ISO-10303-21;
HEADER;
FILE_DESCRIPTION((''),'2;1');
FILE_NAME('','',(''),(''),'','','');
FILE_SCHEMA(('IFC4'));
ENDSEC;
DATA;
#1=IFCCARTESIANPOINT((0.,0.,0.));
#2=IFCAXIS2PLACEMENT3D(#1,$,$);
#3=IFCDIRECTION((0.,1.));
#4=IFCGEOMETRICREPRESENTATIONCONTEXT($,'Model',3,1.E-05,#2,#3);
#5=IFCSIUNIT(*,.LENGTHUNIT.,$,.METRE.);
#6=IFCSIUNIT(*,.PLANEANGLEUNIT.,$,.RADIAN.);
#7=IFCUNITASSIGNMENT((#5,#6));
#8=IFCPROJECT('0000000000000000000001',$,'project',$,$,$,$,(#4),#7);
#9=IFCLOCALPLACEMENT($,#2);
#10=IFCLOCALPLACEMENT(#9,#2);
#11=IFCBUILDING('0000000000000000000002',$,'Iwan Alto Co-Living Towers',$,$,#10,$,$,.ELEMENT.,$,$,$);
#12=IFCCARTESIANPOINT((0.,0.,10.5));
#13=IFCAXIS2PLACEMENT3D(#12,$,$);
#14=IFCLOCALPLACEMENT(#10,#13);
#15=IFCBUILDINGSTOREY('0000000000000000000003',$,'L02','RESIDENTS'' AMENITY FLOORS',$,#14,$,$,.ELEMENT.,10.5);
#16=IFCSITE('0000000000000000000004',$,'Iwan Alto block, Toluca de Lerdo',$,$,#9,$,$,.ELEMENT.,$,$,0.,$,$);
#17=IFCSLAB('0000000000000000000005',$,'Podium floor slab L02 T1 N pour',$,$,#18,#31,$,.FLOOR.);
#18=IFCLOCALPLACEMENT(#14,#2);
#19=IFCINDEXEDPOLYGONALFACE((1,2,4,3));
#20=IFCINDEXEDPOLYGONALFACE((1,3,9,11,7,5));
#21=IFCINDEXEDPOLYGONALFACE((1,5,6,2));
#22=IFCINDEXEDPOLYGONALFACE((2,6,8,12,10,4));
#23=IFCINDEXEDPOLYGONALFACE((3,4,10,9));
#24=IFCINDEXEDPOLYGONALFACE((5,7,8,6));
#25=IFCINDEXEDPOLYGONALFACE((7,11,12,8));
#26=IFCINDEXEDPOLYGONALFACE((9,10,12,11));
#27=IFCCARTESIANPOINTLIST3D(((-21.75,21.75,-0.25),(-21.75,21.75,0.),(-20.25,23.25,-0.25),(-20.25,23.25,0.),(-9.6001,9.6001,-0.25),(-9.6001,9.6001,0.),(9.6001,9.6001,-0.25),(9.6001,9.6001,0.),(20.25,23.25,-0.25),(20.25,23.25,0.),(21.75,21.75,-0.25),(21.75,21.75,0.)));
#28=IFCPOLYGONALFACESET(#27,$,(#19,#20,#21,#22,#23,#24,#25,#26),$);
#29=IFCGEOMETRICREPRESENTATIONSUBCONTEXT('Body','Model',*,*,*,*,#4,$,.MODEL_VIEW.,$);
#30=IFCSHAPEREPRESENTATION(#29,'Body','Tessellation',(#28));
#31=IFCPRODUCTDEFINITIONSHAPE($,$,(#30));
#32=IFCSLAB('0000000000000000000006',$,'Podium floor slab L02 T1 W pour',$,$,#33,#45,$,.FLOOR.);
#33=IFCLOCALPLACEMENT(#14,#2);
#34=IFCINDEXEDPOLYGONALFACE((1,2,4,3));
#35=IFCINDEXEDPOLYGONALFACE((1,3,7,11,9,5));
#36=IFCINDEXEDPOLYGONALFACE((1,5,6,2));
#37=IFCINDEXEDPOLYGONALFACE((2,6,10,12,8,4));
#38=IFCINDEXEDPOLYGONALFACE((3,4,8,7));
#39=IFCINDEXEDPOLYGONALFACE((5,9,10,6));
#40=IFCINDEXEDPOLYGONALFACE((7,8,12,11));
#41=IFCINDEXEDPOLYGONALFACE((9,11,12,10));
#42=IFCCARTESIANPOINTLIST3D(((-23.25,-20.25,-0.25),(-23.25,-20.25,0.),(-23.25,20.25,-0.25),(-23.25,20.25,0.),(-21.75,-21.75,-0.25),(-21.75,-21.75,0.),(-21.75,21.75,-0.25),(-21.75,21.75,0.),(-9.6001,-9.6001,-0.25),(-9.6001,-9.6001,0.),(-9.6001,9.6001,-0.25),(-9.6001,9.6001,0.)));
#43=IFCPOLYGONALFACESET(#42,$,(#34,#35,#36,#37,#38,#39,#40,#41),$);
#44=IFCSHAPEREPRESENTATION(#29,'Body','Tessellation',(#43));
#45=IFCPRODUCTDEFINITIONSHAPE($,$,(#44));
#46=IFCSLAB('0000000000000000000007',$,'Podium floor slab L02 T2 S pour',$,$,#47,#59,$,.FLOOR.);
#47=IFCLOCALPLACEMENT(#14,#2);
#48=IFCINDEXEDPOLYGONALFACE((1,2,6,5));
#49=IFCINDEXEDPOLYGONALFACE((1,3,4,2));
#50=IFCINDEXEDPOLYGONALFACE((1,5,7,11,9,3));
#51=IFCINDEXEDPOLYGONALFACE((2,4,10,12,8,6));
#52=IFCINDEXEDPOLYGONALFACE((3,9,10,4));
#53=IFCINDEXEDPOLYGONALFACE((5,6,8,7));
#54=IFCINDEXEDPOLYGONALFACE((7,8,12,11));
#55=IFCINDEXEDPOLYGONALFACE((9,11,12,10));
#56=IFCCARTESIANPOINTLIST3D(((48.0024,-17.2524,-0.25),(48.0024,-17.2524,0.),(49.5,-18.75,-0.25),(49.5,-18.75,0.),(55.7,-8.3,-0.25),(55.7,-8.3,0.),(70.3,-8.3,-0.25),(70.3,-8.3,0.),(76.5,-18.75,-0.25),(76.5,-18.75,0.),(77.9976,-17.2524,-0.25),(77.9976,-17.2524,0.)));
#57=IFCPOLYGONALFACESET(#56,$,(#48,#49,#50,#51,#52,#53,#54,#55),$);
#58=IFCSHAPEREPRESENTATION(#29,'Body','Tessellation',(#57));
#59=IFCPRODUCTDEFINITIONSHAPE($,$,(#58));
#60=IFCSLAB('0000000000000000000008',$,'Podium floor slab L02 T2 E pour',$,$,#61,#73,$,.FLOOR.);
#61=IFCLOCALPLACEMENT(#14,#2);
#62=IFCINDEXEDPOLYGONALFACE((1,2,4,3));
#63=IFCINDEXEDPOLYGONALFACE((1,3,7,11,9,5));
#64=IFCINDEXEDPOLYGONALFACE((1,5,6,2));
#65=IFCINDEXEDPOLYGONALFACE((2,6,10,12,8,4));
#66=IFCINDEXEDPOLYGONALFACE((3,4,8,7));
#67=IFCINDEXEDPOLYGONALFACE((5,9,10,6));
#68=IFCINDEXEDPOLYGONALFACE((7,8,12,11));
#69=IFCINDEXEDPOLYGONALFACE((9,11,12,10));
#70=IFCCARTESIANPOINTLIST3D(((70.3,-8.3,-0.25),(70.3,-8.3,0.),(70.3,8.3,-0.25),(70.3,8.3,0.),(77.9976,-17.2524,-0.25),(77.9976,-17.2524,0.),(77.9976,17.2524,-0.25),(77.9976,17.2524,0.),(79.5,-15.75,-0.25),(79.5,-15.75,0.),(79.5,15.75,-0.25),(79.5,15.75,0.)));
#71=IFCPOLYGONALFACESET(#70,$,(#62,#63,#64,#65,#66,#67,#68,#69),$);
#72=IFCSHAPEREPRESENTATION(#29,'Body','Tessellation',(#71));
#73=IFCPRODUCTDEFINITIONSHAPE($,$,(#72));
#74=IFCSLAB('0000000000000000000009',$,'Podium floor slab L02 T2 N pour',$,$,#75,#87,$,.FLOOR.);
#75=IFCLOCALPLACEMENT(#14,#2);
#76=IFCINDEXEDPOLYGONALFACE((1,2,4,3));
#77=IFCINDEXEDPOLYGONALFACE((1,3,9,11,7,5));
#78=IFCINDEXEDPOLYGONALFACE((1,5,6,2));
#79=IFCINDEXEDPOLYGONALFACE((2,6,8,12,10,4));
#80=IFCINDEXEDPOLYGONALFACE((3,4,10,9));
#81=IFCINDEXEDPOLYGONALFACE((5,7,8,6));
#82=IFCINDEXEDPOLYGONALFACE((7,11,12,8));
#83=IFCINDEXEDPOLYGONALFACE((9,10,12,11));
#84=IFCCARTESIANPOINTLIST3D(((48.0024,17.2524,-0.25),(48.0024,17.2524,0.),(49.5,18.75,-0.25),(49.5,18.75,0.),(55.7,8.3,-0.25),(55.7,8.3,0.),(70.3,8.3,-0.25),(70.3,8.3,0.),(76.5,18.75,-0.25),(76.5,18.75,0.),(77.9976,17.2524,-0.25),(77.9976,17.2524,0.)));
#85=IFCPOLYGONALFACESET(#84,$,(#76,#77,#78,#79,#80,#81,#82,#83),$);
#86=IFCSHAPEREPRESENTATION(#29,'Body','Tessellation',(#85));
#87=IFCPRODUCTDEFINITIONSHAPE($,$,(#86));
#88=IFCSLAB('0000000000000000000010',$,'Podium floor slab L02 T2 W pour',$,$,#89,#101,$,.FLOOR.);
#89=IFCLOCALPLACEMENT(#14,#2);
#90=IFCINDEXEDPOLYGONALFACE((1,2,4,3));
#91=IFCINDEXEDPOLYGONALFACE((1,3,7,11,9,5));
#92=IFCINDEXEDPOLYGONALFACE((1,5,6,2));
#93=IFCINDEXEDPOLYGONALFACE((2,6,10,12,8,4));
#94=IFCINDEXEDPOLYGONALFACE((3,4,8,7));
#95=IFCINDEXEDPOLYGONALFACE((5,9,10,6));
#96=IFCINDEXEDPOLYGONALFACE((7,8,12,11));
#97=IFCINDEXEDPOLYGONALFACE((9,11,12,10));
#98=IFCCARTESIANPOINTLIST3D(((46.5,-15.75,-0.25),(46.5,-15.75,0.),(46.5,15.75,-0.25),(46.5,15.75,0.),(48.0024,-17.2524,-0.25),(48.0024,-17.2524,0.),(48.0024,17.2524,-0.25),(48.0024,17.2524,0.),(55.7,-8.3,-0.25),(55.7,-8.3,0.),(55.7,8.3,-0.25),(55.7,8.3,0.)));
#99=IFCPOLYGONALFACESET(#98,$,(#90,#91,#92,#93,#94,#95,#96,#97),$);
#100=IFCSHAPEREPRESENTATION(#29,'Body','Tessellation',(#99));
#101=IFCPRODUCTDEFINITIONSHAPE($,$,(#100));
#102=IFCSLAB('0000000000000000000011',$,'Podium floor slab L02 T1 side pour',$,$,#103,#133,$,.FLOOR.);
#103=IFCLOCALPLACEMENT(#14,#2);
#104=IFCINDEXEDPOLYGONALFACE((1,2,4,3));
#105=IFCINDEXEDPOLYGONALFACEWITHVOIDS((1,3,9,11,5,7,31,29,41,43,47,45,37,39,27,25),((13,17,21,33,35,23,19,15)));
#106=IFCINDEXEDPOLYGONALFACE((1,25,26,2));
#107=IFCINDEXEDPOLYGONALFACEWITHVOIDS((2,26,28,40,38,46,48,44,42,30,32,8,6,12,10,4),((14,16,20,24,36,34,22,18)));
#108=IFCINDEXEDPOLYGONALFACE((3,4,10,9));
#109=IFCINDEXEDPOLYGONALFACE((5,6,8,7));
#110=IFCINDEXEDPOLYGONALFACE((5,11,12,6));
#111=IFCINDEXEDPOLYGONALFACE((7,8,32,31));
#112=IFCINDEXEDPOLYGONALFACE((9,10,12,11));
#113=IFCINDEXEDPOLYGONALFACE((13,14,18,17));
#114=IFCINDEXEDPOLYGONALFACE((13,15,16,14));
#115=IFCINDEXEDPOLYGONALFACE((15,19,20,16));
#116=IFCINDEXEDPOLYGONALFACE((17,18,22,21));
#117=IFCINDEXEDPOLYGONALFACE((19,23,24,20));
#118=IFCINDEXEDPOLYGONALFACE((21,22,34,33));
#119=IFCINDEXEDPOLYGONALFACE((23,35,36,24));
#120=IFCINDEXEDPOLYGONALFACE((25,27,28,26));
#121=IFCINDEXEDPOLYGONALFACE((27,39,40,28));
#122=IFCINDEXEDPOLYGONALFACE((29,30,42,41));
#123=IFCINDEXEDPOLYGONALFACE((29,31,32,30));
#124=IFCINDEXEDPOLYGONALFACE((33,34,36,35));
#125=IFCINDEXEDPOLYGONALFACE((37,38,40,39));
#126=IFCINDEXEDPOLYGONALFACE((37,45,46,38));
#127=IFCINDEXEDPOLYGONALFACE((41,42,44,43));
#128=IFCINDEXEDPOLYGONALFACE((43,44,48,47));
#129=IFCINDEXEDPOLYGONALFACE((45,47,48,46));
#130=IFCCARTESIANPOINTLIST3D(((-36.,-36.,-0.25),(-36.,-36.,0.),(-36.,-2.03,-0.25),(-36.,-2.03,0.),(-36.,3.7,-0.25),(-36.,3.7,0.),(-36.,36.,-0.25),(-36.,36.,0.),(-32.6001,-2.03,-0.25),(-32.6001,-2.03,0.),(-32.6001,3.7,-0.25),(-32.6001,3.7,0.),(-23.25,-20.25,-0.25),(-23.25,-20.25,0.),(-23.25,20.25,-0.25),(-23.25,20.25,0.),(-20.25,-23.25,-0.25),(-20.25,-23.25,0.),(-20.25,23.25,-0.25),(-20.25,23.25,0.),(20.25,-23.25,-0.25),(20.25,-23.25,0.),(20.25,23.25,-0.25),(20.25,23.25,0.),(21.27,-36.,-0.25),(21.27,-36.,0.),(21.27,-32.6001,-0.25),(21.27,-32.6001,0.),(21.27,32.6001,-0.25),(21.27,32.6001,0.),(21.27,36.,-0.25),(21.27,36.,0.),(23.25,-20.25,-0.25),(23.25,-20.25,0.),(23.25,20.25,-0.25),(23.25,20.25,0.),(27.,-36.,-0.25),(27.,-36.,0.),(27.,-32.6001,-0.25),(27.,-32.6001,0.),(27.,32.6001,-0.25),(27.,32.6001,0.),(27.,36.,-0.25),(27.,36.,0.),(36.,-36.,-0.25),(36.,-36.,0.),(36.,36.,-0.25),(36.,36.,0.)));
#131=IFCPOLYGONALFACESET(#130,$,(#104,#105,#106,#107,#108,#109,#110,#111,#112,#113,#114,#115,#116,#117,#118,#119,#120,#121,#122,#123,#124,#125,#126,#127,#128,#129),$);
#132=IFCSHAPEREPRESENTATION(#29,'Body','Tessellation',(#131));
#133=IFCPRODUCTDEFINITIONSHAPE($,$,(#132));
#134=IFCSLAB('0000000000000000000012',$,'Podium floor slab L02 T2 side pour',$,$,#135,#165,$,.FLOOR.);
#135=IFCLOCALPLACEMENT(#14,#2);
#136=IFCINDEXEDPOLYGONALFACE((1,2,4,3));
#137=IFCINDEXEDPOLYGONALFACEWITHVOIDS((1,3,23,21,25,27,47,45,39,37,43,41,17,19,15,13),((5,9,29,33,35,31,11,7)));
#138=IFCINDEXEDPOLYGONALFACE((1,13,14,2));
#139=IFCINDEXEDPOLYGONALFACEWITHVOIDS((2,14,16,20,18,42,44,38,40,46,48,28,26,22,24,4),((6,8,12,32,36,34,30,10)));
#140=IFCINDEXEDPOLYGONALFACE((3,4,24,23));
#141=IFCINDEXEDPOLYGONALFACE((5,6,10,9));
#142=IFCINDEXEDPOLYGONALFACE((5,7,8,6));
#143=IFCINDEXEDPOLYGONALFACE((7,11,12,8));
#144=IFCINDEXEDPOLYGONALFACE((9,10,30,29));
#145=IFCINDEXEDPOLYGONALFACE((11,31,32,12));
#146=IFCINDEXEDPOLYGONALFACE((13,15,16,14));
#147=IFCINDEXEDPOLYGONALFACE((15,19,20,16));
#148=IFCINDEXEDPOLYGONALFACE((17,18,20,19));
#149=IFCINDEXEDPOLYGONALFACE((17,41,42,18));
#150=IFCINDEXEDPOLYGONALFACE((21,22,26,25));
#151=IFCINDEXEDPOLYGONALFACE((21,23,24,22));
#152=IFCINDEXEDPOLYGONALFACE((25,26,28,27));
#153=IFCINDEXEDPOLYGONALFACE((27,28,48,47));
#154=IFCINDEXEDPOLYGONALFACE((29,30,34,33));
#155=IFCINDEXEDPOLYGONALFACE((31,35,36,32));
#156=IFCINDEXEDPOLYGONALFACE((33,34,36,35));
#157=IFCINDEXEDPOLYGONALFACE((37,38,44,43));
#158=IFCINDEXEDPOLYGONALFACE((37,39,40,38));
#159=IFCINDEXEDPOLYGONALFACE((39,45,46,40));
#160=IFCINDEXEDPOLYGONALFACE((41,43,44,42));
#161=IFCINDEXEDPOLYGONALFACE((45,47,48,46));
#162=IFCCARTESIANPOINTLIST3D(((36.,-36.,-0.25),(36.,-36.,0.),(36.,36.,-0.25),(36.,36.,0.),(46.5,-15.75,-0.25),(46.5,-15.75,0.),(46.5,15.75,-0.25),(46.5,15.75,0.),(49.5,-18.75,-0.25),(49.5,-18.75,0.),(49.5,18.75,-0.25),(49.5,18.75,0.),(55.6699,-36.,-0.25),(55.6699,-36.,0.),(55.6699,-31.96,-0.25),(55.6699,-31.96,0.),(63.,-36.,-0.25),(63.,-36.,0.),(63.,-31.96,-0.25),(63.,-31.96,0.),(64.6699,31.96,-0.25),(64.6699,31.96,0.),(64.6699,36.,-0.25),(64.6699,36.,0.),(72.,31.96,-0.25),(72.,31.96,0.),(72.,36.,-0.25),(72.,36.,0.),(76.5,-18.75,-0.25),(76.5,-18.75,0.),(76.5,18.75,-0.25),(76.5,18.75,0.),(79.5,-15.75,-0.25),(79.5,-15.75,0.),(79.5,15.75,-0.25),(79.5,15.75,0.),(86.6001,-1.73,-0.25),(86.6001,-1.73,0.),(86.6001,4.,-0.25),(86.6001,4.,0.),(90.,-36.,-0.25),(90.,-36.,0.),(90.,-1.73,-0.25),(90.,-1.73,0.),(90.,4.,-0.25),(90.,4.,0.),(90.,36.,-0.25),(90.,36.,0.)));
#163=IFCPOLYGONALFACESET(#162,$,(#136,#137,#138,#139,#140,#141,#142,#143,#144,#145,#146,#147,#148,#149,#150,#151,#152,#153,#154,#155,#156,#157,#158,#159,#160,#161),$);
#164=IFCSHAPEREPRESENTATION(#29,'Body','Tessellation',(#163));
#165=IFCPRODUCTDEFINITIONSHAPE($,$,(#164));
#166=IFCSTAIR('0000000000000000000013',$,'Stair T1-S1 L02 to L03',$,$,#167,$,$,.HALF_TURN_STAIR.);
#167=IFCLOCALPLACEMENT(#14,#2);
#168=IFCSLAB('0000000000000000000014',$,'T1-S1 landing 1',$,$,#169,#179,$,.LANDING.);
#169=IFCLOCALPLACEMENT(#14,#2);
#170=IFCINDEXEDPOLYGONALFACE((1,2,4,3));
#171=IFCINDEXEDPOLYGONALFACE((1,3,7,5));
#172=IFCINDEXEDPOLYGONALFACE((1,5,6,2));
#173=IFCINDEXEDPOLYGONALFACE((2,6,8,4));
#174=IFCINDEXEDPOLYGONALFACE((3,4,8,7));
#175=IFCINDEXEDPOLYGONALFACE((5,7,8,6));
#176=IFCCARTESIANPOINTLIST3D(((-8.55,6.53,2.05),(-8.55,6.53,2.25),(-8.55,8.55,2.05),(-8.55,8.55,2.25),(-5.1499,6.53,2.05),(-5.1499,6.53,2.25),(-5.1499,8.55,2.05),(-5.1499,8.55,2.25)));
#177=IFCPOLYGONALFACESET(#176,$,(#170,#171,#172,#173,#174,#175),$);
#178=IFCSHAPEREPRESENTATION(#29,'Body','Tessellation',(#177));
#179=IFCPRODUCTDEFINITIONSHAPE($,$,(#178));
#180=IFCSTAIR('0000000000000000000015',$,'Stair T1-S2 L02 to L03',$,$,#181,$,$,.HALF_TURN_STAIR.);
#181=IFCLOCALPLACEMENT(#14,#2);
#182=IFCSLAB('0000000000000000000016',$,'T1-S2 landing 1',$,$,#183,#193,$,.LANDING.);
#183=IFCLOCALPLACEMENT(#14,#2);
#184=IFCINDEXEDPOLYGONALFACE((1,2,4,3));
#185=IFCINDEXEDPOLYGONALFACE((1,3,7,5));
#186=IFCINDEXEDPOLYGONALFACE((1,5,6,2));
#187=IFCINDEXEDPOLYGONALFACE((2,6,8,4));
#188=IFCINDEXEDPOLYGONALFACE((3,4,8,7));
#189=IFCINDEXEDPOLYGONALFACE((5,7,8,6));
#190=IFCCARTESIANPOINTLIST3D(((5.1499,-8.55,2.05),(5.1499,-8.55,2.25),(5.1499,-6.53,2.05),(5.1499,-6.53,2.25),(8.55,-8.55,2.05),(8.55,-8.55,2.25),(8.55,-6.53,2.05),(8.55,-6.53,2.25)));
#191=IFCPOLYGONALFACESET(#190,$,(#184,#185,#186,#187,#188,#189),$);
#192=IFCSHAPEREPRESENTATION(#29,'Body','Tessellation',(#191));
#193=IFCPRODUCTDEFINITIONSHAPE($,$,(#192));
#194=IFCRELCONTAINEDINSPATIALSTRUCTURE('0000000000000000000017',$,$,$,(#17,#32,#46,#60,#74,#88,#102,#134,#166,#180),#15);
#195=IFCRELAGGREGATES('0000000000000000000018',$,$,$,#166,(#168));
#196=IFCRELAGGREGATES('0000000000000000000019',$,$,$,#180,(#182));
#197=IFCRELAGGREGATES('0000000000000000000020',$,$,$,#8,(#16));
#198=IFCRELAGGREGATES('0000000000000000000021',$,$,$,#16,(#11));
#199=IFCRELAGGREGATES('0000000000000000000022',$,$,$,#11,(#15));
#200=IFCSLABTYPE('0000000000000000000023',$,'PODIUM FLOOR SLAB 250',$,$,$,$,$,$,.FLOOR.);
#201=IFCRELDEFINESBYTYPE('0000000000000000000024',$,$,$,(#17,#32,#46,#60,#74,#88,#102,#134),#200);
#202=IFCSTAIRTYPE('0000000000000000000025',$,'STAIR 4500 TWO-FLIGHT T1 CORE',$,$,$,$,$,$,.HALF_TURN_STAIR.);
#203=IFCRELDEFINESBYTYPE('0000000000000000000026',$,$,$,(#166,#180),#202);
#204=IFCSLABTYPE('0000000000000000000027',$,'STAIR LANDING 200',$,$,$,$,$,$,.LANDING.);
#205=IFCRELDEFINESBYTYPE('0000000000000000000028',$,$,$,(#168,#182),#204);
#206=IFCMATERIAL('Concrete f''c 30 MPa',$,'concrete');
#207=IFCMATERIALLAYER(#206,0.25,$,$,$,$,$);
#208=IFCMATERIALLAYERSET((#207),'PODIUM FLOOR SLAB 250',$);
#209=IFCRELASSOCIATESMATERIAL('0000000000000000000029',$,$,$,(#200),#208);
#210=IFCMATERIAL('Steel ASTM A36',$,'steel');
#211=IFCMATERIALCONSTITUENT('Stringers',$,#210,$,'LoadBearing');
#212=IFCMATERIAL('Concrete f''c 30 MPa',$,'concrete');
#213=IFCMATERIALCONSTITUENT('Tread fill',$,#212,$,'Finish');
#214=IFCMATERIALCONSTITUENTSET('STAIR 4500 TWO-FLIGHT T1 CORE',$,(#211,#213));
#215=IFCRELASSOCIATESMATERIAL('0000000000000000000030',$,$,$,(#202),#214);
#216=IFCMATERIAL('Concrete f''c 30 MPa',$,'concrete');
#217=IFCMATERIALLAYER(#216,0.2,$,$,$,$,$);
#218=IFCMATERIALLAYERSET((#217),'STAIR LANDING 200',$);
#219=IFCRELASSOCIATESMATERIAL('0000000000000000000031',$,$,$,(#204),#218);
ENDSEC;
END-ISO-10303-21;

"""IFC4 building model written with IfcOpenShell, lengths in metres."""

from ifc_helpers import new_model, si_unit, direction, frame, origin, place, context, subcontext, project, spatial, polyline, outline, extrude, material, layer, layer_set, constituent, constituent_set, type_object, element, aggregate, save


model = new_model("IFC4")

# Units and contexts
model_context = context("Model", 3, precision=1e-05, world=origin(), true_north=direction((0.0, 1.0)))
body_context = subcontext(model_context, "Body", "Model", "MODEL_VIEW")
ifc_project = project(units=[si_unit("LENGTHUNIT", "METRE"), si_unit("PLANEANGLEUNIT", "RADIAN")], contexts=[model_context])

# Site, building, storey
site_placement = place(None, origin())
site = spatial("IfcSite", under=ifc_project, at=site_placement, Name="Iwan Alto block, Toluca de Lerdo", CompositionType="ELEMENT", RefElevation=0.0)
building_placement = place(site_placement, origin())
building = spatial("IfcBuilding", under=site, at=building_placement, Name="Iwan Alto Co-Living Towers", CompositionType="ELEMENT")
storey_placement = place(building_placement, frame((0.0, 0.0, 10.5)))
storey = spatial("IfcBuildingStorey", under=building, at=storey_placement, Name="L02", Description="RESIDENTS' AMENITY FLOORS", CompositionType="ELEMENT", Elevation=10.5)

# Slabs
ifc_material_1 = material(Name="Concrete f'c 30 MPa", Category="concrete")
ifc_layer_1 = layer(ifc_material_1, 0.25)
ifc_layer_set_1 = layer_set([ifc_layer_1], Name="PODIUM FLOOR SLAB 250")
slab_type_1 = type_object("IfcSlabType", Name="PODIUM FLOOR SLAB 250", PredefinedType="FLOOR", material=ifc_layer_set_1)
slab_1_placement = place(storey_placement, frame((0.0, 0.0, -0.25)))
element("IfcSlab", 1, at=slab_1_placement, inside=storey, type_object=slab_type_1, Name="Podium floor slab L02 T1 N pour", PredefinedType="FLOOR", context=body_context, shape_type="SweptSolid", body=[
    extrude(outline(polyline([(-20.25, 23.25), (20.25, 23.25), (21.75, 21.75), (9.6001, 9.6001), (-9.6001, 9.6001), (-21.75, 21.75), (-20.25, 23.25)])), origin(), (0.0, 0.0, 1.0), 0.25),
])
slab_2_placement = place(storey_placement, frame((0.0, 0.0, -0.25)))
element("IfcSlab", 2, at=slab_2_placement, inside=storey, type_object=slab_type_1, Name="Podium floor slab L02 T1 W pour", PredefinedType="FLOOR", context=body_context, shape_type="SweptSolid", body=[
    extrude(outline(polyline([(-23.25, 20.25), (-21.75, 21.75), (-9.6001, 9.6001), (-9.6001, -9.6001), (-21.75, -21.75), (-23.25, -20.25), (-23.25, 20.25)])), origin(), (0.0, 0.0, 1.0), 0.25),
])
slab_3_placement = place(storey_placement, frame((0.0, 0.0, -0.25)))
element("IfcSlab", 3, at=slab_3_placement, inside=storey, type_object=slab_type_1, Name="Podium floor slab L02 T2 S pour", PredefinedType="FLOOR", context=body_context, shape_type="SweptSolid", body=[
    extrude(outline(polyline([(76.5, -18.75), (49.5, -18.75), (48.0024, -17.2524), (55.7, -8.3), (70.3, -8.3), (77.9976, -17.2524), (76.5, -18.75)])), origin(), (0.0, 0.0, 1.0), 0.25),
])
slab_4_placement = place(storey_placement, frame((0.0, 0.0, -0.25)))
element("IfcSlab", 4, at=slab_4_placement, inside=storey, type_object=slab_type_1, Name="Podium floor slab L02 T2 E pour", PredefinedType="FLOOR", context=body_context, shape_type="SweptSolid", body=[
    extrude(outline(polyline([(79.5, 15.75), (79.5, -15.75), (77.9976, -17.2524), (70.3, -8.3), (70.3, 8.3), (77.9976, 17.2524), (79.5, 15.75)])), origin(), (0.0, 0.0, 1.0), 0.25),
])
slab_5_placement = place(storey_placement, frame((0.0, 0.0, -0.25)))
element("IfcSlab", 5, at=slab_5_placement, inside=storey, type_object=slab_type_1, Name="Podium floor slab L02 T2 N pour", PredefinedType="FLOOR", context=body_context, shape_type="SweptSolid", body=[
    extrude(outline(polyline([(49.5, 18.75), (76.5, 18.75), (77.9976, 17.2524), (70.3, 8.3), (55.7, 8.3), (48.0024, 17.2524), (49.5, 18.75)])), origin(), (0.0, 0.0, 1.0), 0.25),
])
slab_6_placement = place(storey_placement, frame((0.0, 0.0, -0.25)))
element("IfcSlab", 6, at=slab_6_placement, inside=storey, type_object=slab_type_1, Name="Podium floor slab L02 T2 W pour", PredefinedType="FLOOR", context=body_context, shape_type="SweptSolid", body=[
    extrude(outline(polyline([(46.5, 15.75), (48.0024, 17.2524), (55.7, 8.3), (55.7, -8.3), (48.0024, -17.2524), (46.5, -15.75), (46.5, 15.75)])), origin(), (0.0, 0.0, 1.0), 0.25),
])
slab_7_placement = place(storey_placement, frame((0.0, 0.0, -0.25)))
element("IfcSlab", 7, at=slab_7_placement, inside=storey, type_object=slab_type_1, Name="Podium floor slab L02 T1 side pour", PredefinedType="FLOOR", context=body_context, shape_type="SweptSolid", body=[
    extrude(outline(polyline([(-36.0, 3.7), (-36.0, 36.0), (21.27, 36.0), (21.27, 32.6001), (27.0, 32.6001), (27.0, 36.0), (36.0, 36.0), (36.0, -36.0), (27.0, -36.0), (27.0, -32.6001), (21.27, -32.6001), (21.27, -36.0), (-36.0, -36.0), (-36.0, -2.03), (-32.6001, -2.03), (-32.6001, 3.7), (-36.0, 3.7)]), holes=[polyline([(20.25, -23.25), (23.25, -20.25), (23.25, 20.25), (20.25, 23.25), (-20.25, 23.25), (-23.25, 20.25), (-23.25, -20.25), (-20.25, -23.25), (20.25, -23.25)])]), origin(), (0.0, 0.0, 1.0), 0.25),
])
slab_8_placement = place(storey_placement, frame((0.0, 0.0, -0.25)))
element("IfcSlab", 8, at=slab_8_placement, inside=storey, type_object=slab_type_1, Name="Podium floor slab L02 T2 side pour", PredefinedType="FLOOR", context=body_context, shape_type="SweptSolid", body=[
    extrude(outline(polyline([(64.6699, 36.0), (64.6699, 31.96), (72.0, 31.96), (72.0, 36.0), (90.0, 36.0), (90.0, 4.0), (86.6001, 4.0), (86.6001, -1.73), (90.0, -1.73), (90.0, -36.0), (63.0, -36.0), (63.0, -31.96), (55.6699, -31.96), (55.6699, -36.0), (36.0, -36.0), (36.0, 36.0), (64.6699, 36.0)]), holes=[polyline([(76.5, -18.75), (79.5, -15.75), (79.5, 15.75), (76.5, 18.75), (49.5, 18.75), (46.5, 15.75), (46.5, -15.75), (49.5, -18.75), (76.5, -18.75)])]), origin(), (0.0, 0.0, 1.0), 0.25),
])

# Stairs, slabs
ifc_material_2 = material(Name="Steel ASTM A36", Category="steel")
ifc_constituent_1 = constituent(ifc_material_2, Name="Stringers", Category="LoadBearing")
ifc_material_3 = material(Name="Concrete f'c 30 MPa", Category="concrete")
ifc_constituent_2 = constituent(ifc_material_3, Name="Tread fill", Category="Finish")
ifc_constituent_set_1 = constituent_set(constituents=[ifc_constituent_1, ifc_constituent_2], Name="STAIR 4500 TWO-FLIGHT T1 CORE")
stair_type_1 = type_object("IfcStairType", Name="STAIR 4500 TWO-FLIGHT T1 CORE", PredefinedType="HALF_TURN_STAIR", material=ifc_constituent_set_1)
stair_1_placement = place(storey_placement, origin())
stair_1 = element("IfcStair", 9, at=stair_1_placement, inside=storey, type_object=stair_type_1, Name="Stair T1-S1 L02 to L03", PredefinedType="HALF_TURN_STAIR")
ifc_material_4 = material(Name="Concrete f'c 30 MPa", Category="concrete")
ifc_layer_2 = layer(ifc_material_4, 0.2)
ifc_layer_set_2 = layer_set([ifc_layer_2], Name="STAIR LANDING 200")
slab_type_2 = type_object("IfcSlabType", Name="STAIR LANDING 200", PredefinedType="LANDING", material=ifc_layer_set_2)
slab_9_placement = place(storey_placement, frame((0.0, 0.0, 2.05)))
slab_9 = element("IfcSlab", 10, at=slab_9_placement, type_object=slab_type_2, Name="T1-S1 landing 1", PredefinedType="LANDING", context=body_context, shape_type="SweptSolid", body=[
    extrude(outline(polyline([(-8.55, 6.53), (-8.55, 8.55), (-5.1499, 8.55), (-5.1499, 6.53), (-8.55, 6.53)])), origin(), (0.0, 0.0, 1.0), 0.2),
])
aggregate(stair_1, [slab_9])
stair_2_placement = place(storey_placement, origin())
stair_2 = element("IfcStair", 11, at=stair_2_placement, inside=storey, type_object=stair_type_1, Name="Stair T1-S2 L02 to L03", PredefinedType="HALF_TURN_STAIR")
slab_10_placement = place(storey_placement, frame((0.0, 0.0, 2.05)))
slab_10 = element("IfcSlab", 12, at=slab_10_placement, type_object=slab_type_2, Name="T1-S2 landing 1", PredefinedType="LANDING", context=body_context, shape_type="SweptSolid", body=[
    extrude(outline(polyline([(5.1499, -6.53), (5.1499, -8.55), (8.55, -8.55), (8.55, -6.53), (5.1499, -6.53)])), origin(), (0.0, 0.0, 1.0), 0.2),
])
aggregate(stair_2, [slab_10])

save(model, "model.ifc")
